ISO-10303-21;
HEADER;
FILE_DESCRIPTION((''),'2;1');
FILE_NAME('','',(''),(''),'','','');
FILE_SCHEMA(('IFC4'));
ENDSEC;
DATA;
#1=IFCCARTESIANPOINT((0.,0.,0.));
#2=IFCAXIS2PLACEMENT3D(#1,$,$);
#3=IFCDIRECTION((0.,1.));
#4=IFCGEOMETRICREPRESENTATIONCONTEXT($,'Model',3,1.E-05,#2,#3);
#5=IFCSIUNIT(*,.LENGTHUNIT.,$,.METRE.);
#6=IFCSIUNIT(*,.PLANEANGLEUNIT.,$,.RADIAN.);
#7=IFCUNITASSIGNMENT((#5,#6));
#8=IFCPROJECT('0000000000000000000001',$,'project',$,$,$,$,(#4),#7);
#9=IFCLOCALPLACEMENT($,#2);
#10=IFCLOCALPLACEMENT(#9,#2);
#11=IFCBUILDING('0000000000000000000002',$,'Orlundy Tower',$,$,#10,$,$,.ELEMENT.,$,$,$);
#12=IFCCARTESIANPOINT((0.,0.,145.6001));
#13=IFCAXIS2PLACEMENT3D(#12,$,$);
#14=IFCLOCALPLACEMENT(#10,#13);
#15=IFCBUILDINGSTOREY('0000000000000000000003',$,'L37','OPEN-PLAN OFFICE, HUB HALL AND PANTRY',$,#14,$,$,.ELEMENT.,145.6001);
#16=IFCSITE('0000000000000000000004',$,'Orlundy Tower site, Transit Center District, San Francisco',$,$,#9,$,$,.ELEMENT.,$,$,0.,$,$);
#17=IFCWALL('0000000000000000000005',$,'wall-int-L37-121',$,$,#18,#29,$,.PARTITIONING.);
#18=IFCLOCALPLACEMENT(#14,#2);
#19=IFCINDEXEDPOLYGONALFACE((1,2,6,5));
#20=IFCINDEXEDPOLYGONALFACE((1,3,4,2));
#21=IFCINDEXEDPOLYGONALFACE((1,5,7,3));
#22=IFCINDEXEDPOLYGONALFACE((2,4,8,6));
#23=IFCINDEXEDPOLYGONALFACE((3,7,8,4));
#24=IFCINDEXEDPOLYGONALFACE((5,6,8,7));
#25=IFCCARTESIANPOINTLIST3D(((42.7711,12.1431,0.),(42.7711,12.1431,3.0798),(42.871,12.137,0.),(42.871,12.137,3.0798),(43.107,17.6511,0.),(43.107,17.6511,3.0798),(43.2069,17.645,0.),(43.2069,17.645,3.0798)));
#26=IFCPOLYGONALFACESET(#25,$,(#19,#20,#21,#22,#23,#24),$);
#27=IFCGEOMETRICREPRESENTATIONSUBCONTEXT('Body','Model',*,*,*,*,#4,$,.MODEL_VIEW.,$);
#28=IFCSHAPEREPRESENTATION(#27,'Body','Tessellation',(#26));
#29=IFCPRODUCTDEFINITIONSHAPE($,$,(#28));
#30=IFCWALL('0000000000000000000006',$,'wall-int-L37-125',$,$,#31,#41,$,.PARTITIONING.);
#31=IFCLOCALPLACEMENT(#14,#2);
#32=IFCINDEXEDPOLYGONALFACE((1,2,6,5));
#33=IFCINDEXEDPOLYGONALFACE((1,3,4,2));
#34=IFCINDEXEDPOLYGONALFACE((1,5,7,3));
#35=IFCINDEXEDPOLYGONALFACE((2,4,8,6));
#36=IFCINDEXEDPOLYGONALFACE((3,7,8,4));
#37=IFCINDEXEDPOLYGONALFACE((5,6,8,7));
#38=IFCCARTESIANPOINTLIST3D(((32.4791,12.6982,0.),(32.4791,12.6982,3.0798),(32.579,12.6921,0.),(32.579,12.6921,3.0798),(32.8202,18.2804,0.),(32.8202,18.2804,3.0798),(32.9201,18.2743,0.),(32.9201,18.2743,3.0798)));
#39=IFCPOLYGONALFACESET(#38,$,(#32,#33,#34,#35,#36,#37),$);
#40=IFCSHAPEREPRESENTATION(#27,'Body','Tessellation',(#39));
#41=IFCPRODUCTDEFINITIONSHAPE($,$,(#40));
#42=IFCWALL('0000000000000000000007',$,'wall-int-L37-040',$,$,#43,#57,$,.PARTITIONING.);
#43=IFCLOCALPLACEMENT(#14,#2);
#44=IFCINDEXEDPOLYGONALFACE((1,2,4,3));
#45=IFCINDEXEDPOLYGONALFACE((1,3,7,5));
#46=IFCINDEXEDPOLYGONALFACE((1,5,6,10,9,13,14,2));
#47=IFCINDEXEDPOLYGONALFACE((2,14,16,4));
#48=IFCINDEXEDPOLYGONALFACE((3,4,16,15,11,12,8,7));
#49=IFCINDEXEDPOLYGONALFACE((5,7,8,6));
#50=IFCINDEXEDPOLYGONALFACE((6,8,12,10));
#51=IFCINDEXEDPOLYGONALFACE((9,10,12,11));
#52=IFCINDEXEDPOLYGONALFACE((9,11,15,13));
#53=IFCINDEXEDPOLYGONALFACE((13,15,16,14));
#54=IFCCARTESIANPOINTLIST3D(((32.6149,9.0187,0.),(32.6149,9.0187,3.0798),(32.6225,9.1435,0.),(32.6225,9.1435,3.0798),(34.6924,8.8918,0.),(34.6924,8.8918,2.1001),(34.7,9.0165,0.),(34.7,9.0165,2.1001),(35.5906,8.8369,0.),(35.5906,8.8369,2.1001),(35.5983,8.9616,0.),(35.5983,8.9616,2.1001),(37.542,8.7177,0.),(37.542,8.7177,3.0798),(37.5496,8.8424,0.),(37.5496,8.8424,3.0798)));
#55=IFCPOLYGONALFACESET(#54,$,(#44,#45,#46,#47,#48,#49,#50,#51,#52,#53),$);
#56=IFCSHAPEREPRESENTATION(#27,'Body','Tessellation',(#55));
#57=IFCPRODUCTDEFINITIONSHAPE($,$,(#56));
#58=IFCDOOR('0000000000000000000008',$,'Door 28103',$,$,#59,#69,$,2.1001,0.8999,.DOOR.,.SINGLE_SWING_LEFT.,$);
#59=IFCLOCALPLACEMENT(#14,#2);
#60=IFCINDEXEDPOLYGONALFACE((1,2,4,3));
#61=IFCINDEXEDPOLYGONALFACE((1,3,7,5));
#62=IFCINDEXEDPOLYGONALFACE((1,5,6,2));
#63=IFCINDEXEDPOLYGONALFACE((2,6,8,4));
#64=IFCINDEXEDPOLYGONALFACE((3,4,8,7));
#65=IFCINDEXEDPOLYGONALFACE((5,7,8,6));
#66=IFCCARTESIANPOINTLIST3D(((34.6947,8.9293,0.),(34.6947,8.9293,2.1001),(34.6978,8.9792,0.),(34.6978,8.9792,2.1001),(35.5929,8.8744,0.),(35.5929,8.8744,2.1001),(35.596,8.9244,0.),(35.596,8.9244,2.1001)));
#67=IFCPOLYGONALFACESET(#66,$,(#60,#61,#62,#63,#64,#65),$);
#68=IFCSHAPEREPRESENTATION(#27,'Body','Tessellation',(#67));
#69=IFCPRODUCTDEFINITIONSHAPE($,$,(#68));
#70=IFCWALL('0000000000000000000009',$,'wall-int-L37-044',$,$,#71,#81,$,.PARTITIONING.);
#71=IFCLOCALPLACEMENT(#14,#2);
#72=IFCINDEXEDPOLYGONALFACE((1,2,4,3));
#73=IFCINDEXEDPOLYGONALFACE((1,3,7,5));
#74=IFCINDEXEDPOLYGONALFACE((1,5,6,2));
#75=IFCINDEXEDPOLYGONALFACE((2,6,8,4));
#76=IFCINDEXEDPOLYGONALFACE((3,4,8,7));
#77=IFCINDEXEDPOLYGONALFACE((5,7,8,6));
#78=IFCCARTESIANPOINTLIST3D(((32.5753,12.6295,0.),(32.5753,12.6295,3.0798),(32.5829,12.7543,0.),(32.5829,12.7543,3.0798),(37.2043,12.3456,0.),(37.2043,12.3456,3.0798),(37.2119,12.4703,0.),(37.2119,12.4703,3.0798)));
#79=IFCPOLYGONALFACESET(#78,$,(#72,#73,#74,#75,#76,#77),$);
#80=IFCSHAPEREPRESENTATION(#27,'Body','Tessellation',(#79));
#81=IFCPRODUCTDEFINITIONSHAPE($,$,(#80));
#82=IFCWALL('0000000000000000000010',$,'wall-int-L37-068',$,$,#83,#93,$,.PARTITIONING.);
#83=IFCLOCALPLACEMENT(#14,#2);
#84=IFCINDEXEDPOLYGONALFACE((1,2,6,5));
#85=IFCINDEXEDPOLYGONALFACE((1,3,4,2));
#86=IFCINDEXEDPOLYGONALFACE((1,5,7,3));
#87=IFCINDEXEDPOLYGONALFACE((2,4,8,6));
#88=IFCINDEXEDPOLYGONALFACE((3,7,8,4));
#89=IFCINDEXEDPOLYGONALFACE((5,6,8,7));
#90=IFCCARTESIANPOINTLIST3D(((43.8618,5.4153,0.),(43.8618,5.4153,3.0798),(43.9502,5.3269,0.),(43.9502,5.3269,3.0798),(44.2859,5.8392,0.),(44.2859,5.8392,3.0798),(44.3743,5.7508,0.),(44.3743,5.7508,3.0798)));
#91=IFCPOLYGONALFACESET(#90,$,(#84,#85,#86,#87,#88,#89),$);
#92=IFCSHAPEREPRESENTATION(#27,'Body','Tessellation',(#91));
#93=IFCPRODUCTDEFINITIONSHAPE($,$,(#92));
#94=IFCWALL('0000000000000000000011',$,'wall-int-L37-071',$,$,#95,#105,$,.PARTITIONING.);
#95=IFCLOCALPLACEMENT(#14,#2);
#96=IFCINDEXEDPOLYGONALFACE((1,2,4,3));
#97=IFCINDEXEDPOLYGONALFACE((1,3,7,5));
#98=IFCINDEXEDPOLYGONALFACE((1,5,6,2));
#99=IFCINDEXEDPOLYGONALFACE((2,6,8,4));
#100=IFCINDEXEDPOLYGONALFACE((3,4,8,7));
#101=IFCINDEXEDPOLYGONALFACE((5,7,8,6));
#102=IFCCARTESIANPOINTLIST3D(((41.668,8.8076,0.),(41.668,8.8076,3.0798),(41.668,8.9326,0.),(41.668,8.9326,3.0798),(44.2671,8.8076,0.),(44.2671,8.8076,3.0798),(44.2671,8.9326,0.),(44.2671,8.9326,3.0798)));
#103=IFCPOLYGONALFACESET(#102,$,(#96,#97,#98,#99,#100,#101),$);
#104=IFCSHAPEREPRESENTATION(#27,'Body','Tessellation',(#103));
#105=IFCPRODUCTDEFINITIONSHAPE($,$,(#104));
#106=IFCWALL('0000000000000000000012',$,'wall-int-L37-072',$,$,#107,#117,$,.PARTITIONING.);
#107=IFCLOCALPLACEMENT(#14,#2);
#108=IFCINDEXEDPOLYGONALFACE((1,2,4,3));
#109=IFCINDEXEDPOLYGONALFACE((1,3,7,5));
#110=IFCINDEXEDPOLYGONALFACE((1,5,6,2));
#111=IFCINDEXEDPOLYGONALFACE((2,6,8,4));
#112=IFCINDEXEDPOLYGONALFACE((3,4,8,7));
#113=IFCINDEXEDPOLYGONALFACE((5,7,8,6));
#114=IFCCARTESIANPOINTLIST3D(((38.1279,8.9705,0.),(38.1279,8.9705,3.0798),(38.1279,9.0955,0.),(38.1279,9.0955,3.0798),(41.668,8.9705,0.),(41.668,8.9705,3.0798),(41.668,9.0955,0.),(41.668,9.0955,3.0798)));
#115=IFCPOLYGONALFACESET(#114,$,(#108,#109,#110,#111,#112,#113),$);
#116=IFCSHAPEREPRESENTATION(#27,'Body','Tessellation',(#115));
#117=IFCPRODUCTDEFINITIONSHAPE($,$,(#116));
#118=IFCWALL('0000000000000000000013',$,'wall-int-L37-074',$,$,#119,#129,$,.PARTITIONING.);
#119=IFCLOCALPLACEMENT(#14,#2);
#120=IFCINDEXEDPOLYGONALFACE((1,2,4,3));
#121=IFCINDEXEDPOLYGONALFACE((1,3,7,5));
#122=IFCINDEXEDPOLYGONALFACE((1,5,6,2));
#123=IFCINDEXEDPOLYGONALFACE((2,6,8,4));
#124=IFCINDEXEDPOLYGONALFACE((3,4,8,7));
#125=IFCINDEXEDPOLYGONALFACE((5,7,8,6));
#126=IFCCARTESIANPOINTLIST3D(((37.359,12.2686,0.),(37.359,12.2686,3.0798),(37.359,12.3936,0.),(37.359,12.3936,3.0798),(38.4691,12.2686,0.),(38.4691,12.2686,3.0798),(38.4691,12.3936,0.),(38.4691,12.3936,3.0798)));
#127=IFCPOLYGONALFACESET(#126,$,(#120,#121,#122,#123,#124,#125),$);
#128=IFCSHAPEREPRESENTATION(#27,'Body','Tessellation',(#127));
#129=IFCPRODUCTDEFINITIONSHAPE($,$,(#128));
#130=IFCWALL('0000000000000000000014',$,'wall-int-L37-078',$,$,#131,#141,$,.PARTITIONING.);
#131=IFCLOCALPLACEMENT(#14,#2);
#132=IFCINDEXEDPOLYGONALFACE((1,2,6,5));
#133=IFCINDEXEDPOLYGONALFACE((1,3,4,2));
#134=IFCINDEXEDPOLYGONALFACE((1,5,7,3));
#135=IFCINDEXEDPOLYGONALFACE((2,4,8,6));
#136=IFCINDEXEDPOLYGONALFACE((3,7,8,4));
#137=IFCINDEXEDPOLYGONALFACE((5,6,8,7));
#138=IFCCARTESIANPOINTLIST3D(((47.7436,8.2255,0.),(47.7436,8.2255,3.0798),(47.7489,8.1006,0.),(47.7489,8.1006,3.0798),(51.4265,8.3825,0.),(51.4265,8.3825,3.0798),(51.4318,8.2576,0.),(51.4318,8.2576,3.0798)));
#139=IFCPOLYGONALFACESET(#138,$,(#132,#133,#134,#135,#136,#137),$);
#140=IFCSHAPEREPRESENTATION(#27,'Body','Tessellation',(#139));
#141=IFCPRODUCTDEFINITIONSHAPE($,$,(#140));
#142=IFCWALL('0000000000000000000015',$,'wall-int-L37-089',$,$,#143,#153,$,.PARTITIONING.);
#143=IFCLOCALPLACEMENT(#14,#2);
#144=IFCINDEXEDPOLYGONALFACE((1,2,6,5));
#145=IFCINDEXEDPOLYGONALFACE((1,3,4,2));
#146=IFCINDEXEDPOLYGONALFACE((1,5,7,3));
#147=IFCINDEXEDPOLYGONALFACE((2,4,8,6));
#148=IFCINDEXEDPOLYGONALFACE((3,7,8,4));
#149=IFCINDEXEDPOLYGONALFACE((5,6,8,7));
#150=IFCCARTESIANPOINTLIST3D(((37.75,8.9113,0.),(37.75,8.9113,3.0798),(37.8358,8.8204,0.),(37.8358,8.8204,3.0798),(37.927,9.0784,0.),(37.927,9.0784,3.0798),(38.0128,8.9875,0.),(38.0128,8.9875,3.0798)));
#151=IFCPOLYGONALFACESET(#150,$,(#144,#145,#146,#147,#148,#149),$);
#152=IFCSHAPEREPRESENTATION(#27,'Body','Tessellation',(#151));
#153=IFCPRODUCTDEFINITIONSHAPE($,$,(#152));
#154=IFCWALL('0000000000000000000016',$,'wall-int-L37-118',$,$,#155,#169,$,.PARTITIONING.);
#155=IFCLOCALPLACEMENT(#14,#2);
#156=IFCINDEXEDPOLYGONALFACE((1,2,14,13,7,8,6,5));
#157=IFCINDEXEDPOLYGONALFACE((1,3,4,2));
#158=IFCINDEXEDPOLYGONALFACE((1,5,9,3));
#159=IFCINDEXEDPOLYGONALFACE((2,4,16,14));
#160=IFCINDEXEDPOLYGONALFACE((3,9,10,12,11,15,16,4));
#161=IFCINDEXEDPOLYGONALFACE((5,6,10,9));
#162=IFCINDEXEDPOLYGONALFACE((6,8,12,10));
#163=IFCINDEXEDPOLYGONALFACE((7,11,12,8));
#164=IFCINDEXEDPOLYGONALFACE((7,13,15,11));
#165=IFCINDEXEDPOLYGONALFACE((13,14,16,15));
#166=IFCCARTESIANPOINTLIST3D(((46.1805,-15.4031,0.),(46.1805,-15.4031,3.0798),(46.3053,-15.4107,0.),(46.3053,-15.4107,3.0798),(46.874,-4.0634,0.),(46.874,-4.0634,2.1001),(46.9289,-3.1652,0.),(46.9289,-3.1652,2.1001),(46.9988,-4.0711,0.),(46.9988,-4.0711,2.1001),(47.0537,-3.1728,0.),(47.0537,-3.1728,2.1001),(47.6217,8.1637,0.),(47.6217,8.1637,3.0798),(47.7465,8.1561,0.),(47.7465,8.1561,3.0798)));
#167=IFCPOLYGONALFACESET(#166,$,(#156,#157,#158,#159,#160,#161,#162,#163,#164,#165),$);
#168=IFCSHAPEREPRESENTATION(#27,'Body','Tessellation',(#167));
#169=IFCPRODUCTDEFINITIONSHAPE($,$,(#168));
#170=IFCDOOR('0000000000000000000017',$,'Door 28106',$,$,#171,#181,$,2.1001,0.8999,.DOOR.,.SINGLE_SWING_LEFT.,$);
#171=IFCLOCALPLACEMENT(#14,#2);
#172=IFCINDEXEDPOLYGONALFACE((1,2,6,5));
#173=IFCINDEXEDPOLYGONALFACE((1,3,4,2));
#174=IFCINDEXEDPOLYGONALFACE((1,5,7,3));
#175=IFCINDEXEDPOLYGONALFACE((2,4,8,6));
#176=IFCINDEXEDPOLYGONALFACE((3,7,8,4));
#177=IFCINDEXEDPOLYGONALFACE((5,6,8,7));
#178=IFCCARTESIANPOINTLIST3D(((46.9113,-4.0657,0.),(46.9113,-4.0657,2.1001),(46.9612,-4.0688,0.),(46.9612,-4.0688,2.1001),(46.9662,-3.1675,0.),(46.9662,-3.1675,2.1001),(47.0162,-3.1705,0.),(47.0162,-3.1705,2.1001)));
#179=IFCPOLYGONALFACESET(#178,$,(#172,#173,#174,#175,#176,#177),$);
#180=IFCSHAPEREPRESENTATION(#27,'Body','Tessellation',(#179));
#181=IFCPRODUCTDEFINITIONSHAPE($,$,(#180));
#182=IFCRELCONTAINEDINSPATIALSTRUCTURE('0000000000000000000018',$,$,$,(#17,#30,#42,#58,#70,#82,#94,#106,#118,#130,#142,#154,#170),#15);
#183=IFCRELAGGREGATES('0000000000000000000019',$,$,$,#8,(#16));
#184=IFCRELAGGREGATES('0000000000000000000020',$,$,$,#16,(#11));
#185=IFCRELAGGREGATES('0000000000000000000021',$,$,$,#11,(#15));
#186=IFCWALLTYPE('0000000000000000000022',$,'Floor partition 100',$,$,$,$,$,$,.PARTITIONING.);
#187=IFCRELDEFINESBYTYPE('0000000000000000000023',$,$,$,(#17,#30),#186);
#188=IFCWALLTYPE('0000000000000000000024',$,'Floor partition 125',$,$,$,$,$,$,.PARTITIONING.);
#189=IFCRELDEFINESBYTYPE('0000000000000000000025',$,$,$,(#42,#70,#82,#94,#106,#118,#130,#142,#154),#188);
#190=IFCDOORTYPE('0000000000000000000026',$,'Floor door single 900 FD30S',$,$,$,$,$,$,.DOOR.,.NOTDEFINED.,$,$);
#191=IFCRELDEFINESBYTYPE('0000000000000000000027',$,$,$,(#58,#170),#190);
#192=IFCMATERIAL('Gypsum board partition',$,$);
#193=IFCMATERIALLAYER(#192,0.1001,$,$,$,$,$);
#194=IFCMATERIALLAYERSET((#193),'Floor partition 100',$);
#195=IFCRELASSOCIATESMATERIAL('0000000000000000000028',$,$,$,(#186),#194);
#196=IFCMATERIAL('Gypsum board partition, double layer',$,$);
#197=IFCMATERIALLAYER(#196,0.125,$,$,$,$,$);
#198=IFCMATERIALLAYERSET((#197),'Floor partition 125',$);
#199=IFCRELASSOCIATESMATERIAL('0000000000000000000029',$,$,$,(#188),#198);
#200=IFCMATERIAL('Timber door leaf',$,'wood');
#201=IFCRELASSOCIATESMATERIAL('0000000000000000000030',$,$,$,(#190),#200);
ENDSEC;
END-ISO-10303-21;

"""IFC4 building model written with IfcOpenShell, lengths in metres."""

from ifc_helpers import new_model, si_unit, direction, frame, frame_2d, origin, place, context, subcontext, project, spatial, rectangle, extrude, material, layer, layer_set, type_object, element, fill, save


model = new_model("IFC4")

# Units and contexts
model_context = context("Model", 3, precision=1e-05, world=origin(), true_north=direction((0.0, 1.0)))
body_context = subcontext(model_context, "Body", "Model", "MODEL_VIEW")
ifc_project = project(units=[si_unit("LENGTHUNIT", "METRE"), si_unit("PLANEANGLEUNIT", "RADIAN")], contexts=[model_context])

# Site, building, storey
site_placement = place(None, origin())
site = spatial("IfcSite", under=ifc_project, at=site_placement, Name="Orlundy Tower site, Transit Center District, San Francisco", CompositionType="ELEMENT", RefElevation=0.0)
building_placement = place(site_placement, origin())
building = spatial("IfcBuilding", under=site, at=building_placement, Name="Orlundy Tower", CompositionType="ELEMENT")
storey_placement = place(building_placement, frame((0.0, 0.0, 145.6001)))
storey = spatial("IfcBuildingStorey", under=building, at=storey_placement, Name="L37", Description="OPEN-PLAN OFFICE, HUB HALL AND PANTRY", CompositionType="ELEMENT", Elevation=145.6001)

# Walls
ifc_material_1 = material(Name="Gypsum board partition")
ifc_layer_1 = layer(ifc_material_1, 0.1001)
ifc_layer_set_1 = layer_set([ifc_layer_1], Name="Floor partition 100")
wall_type_1 = type_object("IfcWallType", Name="Floor partition 100", PredefinedType="PARTITIONING", material=ifc_layer_set_1)
wall_1_placement = place(storey_placement, frame((42.821, 12.1399, 0.0), z_axis=(0.0, 0.0, 1.0), x_axis=(0.060877, 0.998145, 0.0)))
element("IfcWall", 1, at=wall_1_placement, inside=storey, type_object=wall_type_1, Name="wall-int-L37-121", PredefinedType="PARTITIONING", context=body_context, shape_type="SweptSolid", body=[
    extrude(rectangle(XDim=5.5183, YDim=0.1001, at=frame_2d((2.7593, 0.0))), origin(), (0.0, 0.0, 1.0), 3.0798),
])
wall_2_placement = place(storey_placement, frame((32.5291, 12.6951, 0.0), z_axis=(0.0, 0.0, 1.0), x_axis=(0.060987, 0.998139, 0.0)))
element("IfcWall", 2, at=wall_2_placement, inside=storey, type_object=wall_type_1, Name="wall-int-L37-125", PredefinedType="PARTITIONING", context=body_context, shape_type="SweptSolid", body=[
    extrude(rectangle(XDim=5.5925, YDim=0.1001, at=frame_2d((2.7964, 0.0))), origin(), (0.0, 0.0, 1.0), 3.0798),
])

# Wall, opening, door
ifc_material_2 = material(Name="Gypsum board partition, double layer")
ifc_layer_2 = layer(ifc_material_2, 0.125)
ifc_layer_set_2 = layer_set([ifc_layer_2], Name="Floor partition 125")
wall_type_2 = type_object("IfcWallType", Name="Floor partition 125", PredefinedType="PARTITIONING", material=ifc_layer_set_2)
wall_3_placement = place(storey_placement, frame((37.5459, 8.78, 0.0), z_axis=(0.0, 0.0, 1.0), x_axis=(-0.998139, 0.060983, 0.0)))
wall_3 = element("IfcWall", 3, at=wall_3_placement, inside=storey, type_object=wall_type_2, Name="wall-int-L37-040", PredefinedType="PARTITIONING", context=body_context, shape_type="SweptSolid", body=[
    extrude(rectangle(XDim=4.9363, YDim=0.125, at=frame_2d((2.4683, 0.0))), origin(), (0.0, 0.0, 1.0), 3.0798),
])
opening_1_placement = place(wall_3_placement, frame((1.9551, 0.0, 0.0)))
opening_1 = element("IfcOpeningElement", 4, at=opening_1_placement, cuts=wall_3, PredefinedType="OPENING", context=body_context, shape_type="SweptSolid", body=[
    extrude(rectangle(XDim=0.8999, YDim=2.1001, at=frame_2d((0.45, 1.05))), frame((0.0, 0.0725, 0.0), z_axis=(0.0, -1.0, 0.0), x_axis=(1.0, 0.0, 0.0)), (0.0, 0.0, 1.0), 0.145),
])
ifc_material_3 = material(Name="Timber door leaf", Category="wood")
door_type_1 = type_object("IfcDoorType", Name="Floor door single 900 FD30S", OperationType="NOTDEFINED", PredefinedType="DOOR", material=ifc_material_3)
door_1_placement = place(opening_1_placement, origin())
door_1 = element("IfcDoor", 5, at=door_1_placement, inside=storey, type_object=door_type_1, Name="Door 28103", OperationType="SINGLE_SWING_LEFT", OverallHeight=2.1001, OverallWidth=0.8999, PredefinedType="DOOR", context=body_context, shape_type="SweptSolid", body=[
    extrude(rectangle(XDim=0.8999, YDim=2.1001, at=frame_2d((0.45, 1.05))), frame((0.0, 0.0249, 0.0), z_axis=(0.0, -1.0, 0.0), x_axis=(1.0, 0.0, 0.0)), (0.0, 0.0, 1.0), 0.05),
])
fill(opening_1, door_1)

# Walls
wall_4_placement = place(storey_placement, frame((32.5791, 12.6919, 0.0), z_axis=(0.0, 0.0, 1.0), x_axis=(0.998124, -0.061225, 0.0)))
element("IfcWall", 6, at=wall_4_placement, inside=storey, type_object=wall_type_2, Name="wall-int-L37-044", PredefinedType="PARTITIONING", context=body_context, shape_type="SweptSolid", body=[
    extrude(rectangle(XDim=4.6377, YDim=0.125, at=frame_2d((2.3188, 0.0))), origin(), (0.0, 0.0, 1.0), 3.0798),
])
wall_5_placement = place(storey_placement, frame((43.906, 5.3711, 0.0), z_axis=(0.0, 0.0, 1.0), x_axis=(0.70731, 0.706903, 0.0)))
element("IfcWall", 7, at=wall_5_placement, inside=storey, type_object=wall_type_2, Name="wall-int-L37-068", PredefinedType="PARTITIONING", context=body_context, shape_type="SweptSolid", body=[
    extrude(rectangle(XDim=0.5996, YDim=0.125, at=frame_2d((0.2998, 0.0))), origin(), (0.0, 0.0, 1.0), 3.0798),
])
wall_6_placement = place(storey_placement, frame((41.668, 8.8701, 0.0), z_axis=(0.0, 0.0, 1.0), x_axis=(1.0, 0.0, 0.0)))
element("IfcWall", 8, at=wall_6_placement, inside=storey, type_object=wall_type_2, Name="wall-int-L37-071", PredefinedType="PARTITIONING", context=body_context, shape_type="SweptSolid", body=[
    extrude(rectangle(XDim=2.5991, YDim=0.125, at=frame_2d((1.2996, 0.0))), origin(), (0.0, 0.0, 1.0), 3.0798),
])
wall_7_placement = place(storey_placement, frame((38.1279, 9.033, 0.0), z_axis=(0.0, 0.0, 1.0), x_axis=(1.0, 0.0, 0.0)))
element("IfcWall", 9, at=wall_7_placement, inside=storey, type_object=wall_type_2, Name="wall-int-L37-072", PredefinedType="PARTITIONING", context=body_context, shape_type="SweptSolid", body=[
    extrude(rectangle(XDim=3.54, YDim=0.125, at=frame_2d((1.77, 0.0))), origin(), (0.0, 0.0, 1.0), 3.0798),
])
wall_8_placement = place(storey_placement, frame((37.3589, 12.3311, 0.0), z_axis=(0.0, 0.0, 1.0), x_axis=(1.0, 0.0, 0.0)))
element("IfcWall", 10, at=wall_8_placement, inside=storey, type_object=wall_type_2, Name="wall-int-L37-074", PredefinedType="PARTITIONING", context=body_context, shape_type="SweptSolid", body=[
    extrude(rectangle(XDim=1.1101, YDim=0.125, at=frame_2d((0.5552, 0.0))), origin(), (0.0, 0.0, 1.0), 3.0798),
])
wall_9_placement = place(storey_placement, frame((47.7461, 8.1631, 0.0), z_axis=(0.0, 0.0, 1.0), x_axis=(0.999093, 0.042586, 0.0)))
element("IfcWall", 11, at=wall_9_placement, inside=storey, type_object=wall_type_2, Name="wall-int-L37-078", PredefinedType="PARTITIONING", context=body_context, shape_type="SweptSolid", body=[
    extrude(rectangle(XDim=3.6863, YDim=0.125, at=frame_2d((1.8433, 0.0))), origin(), (0.0, 0.0, 1.0), 3.0798),
])
wall_10_placement = place(storey_placement, frame((37.793, 8.866, 0.0), z_axis=(0.0, 0.0, 1.0), x_axis=(0.727375, 0.68624, 0.0)))
element("IfcWall", 12, at=wall_10_placement, inside=storey, type_object=wall_type_2, Name="wall-int-L37-089", PredefinedType="PARTITIONING", context=body_context, shape_type="SweptSolid", body=[
    extrude(rectangle(XDim=0.2434, YDim=0.125, at=frame_2d((0.1216, 0.0))), origin(), (0.0, 0.0, 1.0), 3.0798),
])

# Wall, opening, door
wall_11_placement = place(storey_placement, frame((47.6841, 8.1599, 0.0), z_axis=(0.0, 0.0, 1.0), x_axis=(-0.061038, -0.998135, 0.0)))
wall_11 = element("IfcWall", 13, at=wall_11_placement, inside=storey, type_object=wall_type_2, Name="wall-int-L37-118", PredefinedType="PARTITIONING", context=body_context, shape_type="SweptSolid", body=[
    extrude(rectangle(XDim=23.6108, YDim=0.125, at=frame_2d((11.8054, 0.0))), origin(), (0.0, 0.0, 1.0), 3.0798),
])
opening_2_placement = place(wall_11_placement, frame((11.3501, 0.0, 0.0)))
opening_2 = element("IfcOpeningElement", 14, at=opening_2_placement, cuts=wall_11, PredefinedType="OPENING", context=body_context, shape_type="SweptSolid", body=[
    extrude(rectangle(XDim=0.8999, YDim=2.1001, at=frame_2d((0.45, 1.05))), frame((0.0, 0.0725, 0.0), z_axis=(0.0, -1.0, 0.0), x_axis=(1.0, 0.0, 0.0)), (0.0, 0.0, 1.0), 0.145),
])
door_2_placement = place(opening_2_placement, origin())
door_2 = element("IfcDoor", 15, at=door_2_placement, inside=storey, type_object=door_type_1, Name="Door 28106", OperationType="SINGLE_SWING_LEFT", OverallHeight=2.1001, OverallWidth=0.8999, PredefinedType="DOOR", context=body_context, shape_type="SweptSolid", body=[
    extrude(rectangle(XDim=0.8999, YDim=2.1001, at=frame_2d((0.45, 1.05))), frame((0.0, 0.0249, 0.0), z_axis=(0.0, -1.0, 0.0), x_axis=(1.0, 0.0, 0.0)), (0.0, 0.0, 1.0), 0.05),
])
fill(opening_2, door_2)

save(model, "model.ifc")
